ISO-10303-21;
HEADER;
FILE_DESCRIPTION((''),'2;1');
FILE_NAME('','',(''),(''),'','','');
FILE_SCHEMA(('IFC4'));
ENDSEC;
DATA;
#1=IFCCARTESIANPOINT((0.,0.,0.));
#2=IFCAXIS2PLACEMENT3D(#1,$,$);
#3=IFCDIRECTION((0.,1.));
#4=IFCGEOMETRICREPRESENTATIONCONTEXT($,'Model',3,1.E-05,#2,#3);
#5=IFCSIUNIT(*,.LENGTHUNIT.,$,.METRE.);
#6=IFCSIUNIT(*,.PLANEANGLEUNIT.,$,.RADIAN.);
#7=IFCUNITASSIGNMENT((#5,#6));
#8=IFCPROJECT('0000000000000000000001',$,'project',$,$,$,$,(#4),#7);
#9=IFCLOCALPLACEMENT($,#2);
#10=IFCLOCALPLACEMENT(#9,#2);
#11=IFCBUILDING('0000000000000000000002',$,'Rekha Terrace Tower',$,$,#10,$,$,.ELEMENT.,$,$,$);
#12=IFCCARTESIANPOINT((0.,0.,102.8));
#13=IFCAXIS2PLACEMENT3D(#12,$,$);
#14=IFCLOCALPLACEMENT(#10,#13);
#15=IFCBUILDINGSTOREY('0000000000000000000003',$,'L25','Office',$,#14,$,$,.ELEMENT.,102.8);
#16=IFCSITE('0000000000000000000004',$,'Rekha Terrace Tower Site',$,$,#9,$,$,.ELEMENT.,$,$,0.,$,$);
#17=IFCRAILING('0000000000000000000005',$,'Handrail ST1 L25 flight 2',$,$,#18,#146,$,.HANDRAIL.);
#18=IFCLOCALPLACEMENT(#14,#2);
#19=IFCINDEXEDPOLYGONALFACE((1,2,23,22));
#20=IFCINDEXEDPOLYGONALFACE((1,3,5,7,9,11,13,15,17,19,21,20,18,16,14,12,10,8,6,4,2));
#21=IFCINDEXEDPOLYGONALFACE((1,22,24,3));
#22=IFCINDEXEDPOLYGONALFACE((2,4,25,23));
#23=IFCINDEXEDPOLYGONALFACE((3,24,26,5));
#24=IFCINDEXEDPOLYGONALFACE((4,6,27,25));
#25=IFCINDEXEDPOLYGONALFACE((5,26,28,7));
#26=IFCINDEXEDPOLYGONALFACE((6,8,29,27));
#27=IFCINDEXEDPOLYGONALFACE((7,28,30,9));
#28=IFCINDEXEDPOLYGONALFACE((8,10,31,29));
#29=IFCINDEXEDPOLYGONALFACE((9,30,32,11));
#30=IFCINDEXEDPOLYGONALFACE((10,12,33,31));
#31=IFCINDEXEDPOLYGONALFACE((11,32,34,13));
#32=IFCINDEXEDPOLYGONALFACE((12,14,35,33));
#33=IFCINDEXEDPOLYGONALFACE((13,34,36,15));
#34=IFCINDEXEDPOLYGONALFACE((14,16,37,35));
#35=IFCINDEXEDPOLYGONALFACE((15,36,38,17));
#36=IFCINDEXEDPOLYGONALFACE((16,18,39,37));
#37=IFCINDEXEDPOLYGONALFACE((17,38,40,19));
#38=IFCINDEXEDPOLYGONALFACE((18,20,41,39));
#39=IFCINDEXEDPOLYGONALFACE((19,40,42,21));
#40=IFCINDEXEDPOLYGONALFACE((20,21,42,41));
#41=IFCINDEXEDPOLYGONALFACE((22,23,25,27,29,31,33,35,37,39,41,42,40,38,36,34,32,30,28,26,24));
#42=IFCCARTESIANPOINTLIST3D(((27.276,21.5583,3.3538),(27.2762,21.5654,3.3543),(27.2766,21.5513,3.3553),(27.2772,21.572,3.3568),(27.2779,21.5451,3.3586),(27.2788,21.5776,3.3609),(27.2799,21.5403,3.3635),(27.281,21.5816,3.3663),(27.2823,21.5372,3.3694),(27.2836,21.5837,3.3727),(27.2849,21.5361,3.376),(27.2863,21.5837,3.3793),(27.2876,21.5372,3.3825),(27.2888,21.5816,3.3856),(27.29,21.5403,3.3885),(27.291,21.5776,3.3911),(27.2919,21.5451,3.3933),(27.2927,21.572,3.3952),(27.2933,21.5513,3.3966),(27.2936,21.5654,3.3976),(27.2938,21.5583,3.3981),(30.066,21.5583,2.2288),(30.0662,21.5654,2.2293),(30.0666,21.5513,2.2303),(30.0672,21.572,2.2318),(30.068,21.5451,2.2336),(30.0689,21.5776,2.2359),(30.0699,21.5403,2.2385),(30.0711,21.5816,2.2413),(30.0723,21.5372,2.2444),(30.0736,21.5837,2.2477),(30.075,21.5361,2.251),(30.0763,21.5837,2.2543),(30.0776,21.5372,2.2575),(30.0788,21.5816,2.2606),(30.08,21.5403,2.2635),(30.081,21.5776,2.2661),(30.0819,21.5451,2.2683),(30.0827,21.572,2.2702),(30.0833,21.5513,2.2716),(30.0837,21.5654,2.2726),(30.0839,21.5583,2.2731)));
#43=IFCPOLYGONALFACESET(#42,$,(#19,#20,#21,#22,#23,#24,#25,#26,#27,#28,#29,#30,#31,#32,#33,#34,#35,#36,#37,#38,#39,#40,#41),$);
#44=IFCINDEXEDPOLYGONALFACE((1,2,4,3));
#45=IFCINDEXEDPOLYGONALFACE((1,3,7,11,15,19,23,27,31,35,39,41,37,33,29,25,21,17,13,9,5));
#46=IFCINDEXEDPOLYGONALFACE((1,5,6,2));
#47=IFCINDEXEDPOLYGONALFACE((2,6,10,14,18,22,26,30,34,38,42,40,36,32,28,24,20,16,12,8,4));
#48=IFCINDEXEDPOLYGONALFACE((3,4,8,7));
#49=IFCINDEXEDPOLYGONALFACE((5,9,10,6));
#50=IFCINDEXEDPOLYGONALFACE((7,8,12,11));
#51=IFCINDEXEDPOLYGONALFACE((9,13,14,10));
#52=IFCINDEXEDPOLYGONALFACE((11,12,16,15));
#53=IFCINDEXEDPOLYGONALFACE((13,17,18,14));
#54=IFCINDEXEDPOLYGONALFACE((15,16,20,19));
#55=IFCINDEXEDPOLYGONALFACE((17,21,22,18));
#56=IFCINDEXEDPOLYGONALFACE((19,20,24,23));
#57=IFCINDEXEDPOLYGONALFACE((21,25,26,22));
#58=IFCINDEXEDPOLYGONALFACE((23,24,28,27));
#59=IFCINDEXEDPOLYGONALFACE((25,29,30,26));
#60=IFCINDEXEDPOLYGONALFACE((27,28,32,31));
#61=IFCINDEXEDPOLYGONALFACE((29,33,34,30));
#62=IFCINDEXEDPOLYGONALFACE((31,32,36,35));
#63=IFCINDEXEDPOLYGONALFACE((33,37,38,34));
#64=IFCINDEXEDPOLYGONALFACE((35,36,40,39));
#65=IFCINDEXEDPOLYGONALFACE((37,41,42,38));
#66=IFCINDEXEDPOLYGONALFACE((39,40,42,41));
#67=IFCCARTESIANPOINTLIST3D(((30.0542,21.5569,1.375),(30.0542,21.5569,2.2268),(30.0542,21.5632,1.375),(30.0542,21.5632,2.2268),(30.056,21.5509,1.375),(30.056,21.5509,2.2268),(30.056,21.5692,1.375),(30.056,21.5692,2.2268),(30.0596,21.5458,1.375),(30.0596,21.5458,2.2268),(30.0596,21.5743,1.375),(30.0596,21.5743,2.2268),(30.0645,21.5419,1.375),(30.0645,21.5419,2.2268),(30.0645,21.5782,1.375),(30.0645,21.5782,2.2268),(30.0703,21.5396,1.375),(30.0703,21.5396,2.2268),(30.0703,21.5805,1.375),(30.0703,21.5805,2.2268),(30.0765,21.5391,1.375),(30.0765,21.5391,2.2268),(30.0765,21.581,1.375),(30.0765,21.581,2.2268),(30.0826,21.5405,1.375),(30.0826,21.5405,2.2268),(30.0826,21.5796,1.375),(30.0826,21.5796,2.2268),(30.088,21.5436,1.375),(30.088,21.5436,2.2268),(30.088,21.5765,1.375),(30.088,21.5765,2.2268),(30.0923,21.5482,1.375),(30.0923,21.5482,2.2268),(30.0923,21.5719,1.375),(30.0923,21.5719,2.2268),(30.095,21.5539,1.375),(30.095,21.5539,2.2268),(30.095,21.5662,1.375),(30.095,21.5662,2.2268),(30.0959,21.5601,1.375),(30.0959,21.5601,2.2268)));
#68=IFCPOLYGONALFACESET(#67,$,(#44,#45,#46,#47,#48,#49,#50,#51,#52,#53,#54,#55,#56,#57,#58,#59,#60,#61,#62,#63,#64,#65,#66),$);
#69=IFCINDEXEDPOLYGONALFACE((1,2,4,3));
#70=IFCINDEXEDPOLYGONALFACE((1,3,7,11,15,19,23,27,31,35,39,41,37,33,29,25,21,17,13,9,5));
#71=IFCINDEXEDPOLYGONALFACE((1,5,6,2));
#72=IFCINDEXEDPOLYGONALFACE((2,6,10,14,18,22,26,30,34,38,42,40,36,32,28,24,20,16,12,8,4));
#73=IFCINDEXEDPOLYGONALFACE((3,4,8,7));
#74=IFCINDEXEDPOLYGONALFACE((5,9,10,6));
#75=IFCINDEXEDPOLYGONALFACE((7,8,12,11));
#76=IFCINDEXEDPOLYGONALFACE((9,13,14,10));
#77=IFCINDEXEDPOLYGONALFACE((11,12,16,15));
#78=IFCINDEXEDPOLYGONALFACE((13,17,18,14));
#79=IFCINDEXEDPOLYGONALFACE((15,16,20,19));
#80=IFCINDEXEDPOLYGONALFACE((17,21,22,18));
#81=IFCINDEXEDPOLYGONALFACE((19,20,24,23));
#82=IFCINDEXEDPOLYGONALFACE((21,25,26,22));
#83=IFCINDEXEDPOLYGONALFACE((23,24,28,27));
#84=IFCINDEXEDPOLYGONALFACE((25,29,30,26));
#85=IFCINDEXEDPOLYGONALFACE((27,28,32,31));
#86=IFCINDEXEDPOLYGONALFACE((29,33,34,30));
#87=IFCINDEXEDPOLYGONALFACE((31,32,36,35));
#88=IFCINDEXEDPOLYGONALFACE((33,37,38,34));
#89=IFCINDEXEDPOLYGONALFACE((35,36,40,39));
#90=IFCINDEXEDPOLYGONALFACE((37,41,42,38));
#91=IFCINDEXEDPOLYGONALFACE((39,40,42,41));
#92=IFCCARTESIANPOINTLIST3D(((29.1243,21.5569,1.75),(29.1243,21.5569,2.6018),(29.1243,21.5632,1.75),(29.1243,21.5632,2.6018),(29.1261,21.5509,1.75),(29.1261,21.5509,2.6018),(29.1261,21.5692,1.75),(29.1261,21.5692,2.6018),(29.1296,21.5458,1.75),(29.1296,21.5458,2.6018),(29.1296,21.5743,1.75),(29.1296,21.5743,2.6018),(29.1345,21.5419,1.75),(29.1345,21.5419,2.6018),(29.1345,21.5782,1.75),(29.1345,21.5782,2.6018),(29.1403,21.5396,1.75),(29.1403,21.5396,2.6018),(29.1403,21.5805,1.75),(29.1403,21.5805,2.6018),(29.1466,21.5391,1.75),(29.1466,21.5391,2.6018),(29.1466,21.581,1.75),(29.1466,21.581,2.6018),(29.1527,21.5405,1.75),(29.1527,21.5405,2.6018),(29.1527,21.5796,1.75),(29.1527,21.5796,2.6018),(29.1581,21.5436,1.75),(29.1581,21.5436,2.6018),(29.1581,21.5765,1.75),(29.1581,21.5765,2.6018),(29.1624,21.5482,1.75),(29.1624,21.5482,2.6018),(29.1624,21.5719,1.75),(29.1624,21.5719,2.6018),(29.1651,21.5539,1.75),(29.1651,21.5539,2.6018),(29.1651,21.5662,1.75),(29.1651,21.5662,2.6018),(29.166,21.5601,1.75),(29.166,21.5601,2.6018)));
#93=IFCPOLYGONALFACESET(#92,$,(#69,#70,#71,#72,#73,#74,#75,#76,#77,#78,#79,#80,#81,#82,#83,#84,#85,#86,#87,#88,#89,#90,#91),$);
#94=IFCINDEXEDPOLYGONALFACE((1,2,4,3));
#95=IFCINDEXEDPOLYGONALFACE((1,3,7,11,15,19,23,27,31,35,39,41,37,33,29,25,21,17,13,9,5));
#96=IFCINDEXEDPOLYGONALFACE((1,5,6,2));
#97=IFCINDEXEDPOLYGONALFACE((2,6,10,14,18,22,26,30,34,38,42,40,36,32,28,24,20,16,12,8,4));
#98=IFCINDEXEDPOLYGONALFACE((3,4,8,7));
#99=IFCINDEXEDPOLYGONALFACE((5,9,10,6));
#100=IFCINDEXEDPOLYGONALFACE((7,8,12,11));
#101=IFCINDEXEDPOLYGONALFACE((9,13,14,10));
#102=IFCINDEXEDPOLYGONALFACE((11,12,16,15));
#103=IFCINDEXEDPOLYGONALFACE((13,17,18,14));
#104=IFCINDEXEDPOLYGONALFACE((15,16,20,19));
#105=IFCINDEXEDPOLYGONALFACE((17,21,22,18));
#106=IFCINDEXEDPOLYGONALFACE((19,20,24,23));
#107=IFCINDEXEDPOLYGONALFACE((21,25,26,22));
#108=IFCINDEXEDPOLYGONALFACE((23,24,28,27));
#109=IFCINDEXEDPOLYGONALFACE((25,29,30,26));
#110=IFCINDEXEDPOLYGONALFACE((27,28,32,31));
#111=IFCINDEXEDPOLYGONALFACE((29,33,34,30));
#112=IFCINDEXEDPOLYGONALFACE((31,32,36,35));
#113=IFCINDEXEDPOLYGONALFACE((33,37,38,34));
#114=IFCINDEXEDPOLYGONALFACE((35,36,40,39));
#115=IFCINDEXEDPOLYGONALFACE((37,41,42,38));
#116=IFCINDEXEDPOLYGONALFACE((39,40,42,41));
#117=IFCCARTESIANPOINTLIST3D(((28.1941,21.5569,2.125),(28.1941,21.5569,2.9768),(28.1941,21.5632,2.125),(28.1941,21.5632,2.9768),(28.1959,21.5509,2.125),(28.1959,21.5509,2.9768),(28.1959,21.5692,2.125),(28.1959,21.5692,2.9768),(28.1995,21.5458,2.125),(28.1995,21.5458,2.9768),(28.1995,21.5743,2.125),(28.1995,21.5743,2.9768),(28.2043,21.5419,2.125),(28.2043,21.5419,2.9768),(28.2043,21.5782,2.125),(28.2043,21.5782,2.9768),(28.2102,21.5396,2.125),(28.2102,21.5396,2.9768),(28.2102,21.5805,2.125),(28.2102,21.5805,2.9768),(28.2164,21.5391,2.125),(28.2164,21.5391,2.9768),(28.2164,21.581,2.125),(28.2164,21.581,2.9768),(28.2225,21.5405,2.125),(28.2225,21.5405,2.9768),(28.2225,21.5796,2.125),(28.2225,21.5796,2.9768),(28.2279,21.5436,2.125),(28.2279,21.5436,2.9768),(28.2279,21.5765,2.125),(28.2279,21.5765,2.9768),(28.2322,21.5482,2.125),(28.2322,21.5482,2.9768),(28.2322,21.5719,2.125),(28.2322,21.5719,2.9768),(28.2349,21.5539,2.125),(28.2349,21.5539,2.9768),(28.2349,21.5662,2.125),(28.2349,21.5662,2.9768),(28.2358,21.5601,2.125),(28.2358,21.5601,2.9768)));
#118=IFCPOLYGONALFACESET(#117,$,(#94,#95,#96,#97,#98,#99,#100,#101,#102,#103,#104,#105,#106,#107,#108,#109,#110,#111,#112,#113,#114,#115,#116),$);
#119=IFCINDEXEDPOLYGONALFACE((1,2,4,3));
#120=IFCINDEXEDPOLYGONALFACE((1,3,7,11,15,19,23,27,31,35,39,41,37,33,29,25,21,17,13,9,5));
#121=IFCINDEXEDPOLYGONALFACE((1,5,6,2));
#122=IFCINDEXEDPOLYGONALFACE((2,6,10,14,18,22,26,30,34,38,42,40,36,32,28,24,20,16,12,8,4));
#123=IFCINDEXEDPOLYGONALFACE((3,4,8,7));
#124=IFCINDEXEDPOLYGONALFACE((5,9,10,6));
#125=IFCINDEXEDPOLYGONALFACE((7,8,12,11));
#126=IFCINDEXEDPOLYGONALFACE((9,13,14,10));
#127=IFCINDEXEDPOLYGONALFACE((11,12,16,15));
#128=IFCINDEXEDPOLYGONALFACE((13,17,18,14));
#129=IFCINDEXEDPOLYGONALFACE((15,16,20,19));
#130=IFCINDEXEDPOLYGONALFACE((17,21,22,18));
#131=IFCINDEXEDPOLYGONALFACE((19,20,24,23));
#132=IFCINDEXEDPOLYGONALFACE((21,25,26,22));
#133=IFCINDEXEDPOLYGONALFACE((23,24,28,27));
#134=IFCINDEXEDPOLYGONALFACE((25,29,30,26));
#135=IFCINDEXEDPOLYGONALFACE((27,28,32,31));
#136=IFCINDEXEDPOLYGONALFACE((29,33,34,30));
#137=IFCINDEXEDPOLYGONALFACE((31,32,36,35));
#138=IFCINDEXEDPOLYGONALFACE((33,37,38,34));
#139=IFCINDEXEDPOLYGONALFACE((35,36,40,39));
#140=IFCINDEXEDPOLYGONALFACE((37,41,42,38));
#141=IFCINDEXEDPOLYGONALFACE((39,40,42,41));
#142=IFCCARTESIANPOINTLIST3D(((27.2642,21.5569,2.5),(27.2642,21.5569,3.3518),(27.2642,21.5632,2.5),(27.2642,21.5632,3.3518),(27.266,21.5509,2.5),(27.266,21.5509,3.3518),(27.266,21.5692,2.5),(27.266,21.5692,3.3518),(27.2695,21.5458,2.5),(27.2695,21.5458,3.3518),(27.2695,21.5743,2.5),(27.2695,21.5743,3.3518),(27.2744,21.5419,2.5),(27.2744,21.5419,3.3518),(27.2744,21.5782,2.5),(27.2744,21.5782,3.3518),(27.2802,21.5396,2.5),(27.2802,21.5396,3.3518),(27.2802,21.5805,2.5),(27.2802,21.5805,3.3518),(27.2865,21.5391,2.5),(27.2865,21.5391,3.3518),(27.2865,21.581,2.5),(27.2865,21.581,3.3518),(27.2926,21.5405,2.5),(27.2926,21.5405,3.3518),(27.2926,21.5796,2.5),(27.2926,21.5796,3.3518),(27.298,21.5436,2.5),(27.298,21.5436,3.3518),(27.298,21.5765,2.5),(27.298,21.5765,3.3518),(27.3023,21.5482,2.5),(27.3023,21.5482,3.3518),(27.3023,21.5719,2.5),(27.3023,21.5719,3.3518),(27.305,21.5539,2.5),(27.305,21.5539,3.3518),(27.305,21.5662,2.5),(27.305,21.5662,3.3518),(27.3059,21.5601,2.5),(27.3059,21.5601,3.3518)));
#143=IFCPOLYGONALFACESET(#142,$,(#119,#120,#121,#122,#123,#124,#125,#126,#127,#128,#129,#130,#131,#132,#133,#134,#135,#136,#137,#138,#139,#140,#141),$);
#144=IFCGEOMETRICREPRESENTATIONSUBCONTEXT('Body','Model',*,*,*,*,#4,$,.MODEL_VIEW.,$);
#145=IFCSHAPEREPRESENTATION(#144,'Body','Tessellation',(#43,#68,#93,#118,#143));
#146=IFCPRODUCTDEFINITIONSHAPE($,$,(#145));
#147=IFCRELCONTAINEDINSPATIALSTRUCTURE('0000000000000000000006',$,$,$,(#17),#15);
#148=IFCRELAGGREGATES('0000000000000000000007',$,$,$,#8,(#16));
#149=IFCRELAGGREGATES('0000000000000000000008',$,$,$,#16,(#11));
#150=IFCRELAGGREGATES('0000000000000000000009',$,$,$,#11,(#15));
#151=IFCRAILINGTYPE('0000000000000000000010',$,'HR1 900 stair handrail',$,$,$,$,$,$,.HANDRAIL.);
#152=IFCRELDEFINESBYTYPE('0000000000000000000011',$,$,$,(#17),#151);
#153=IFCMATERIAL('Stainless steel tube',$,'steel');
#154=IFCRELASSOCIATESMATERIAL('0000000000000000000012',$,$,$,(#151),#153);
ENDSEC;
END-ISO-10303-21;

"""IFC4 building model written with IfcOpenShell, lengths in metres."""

from ifc_helpers import new_model, si_unit, direction, frame, origin, origin_2d, place, context, subcontext, project, spatial, circle, extrude, material, type_object, element, save


model = new_model("IFC4")

# Units and contexts
model_context = context("Model", 3, precision=1e-05, world=origin(), true_north=direction((0.0, 1.0)))
body_context = subcontext(model_context, "Body", "Model", "MODEL_VIEW")
ifc_project = project(units=[si_unit("LENGTHUNIT", "METRE"), si_unit("PLANEANGLEUNIT", "RADIAN")], contexts=[model_context])

# Site, building, storey
site_placement = place(None, origin())
site = spatial("IfcSite", under=ifc_project, at=site_placement, Name="Rekha Terrace Tower Site", CompositionType="ELEMENT", RefElevation=0.0)
building_placement = place(site_placement, origin())
building = spatial("IfcBuilding", under=site, at=building_placement, Name="Rekha Terrace Tower", CompositionType="ELEMENT")
storey_placement = place(building_placement, frame((0.0, 0.0, 102.8)))
storey = spatial("IfcBuildingStorey", under=building, at=storey_placement, Name="L25", Description="Office", CompositionType="ELEMENT", Elevation=102.8)

# Railing
ifc_material_1 = material(Name="Stainless steel tube", Category="steel")
railing_type = type_object("IfcRailingType", Name="HR1 900 stair handrail", PredefinedType="HANDRAIL", material=ifc_material_1)
railing_placement = place(storey_placement, frame((30.075, 21.5601, 1.375)))
element("IfcRailing", 1, at=railing_placement, inside=storey, type_object=railing_type, Name="Handrail ST1 L25 flight 2", PredefinedType="HANDRAIL", context=body_context, shape_type="SweptSolid", body=[
    extrude(circle(Radius=0.0239, at=origin_2d()), frame((0.0, 0.0, 0.876), z_axis=(-0.927443, 0.0, 0.373964), x_axis=(0.0, -1.0, 0.0)), (0.0, 0.0, 1.0), 3.0083),
    extrude(circle(Radius=0.021, at=origin_2d()), origin(), (0.0, 0.0, 1.0), 0.8518),
    extrude(circle(Radius=0.021, at=origin_2d()), frame((-0.9299, 0.0, 0.375)), (0.0, 0.0, 1.0), 0.8518),
    extrude(circle(Radius=0.021, at=origin_2d()), frame((-1.8601, 0.0, 0.75)), (0.0, 0.0, 1.0), 0.8518),
    extrude(circle(Radius=0.021, at=origin_2d()), frame((-2.79, 0.0, 1.125)), (0.0, 0.0, 1.0), 0.8518),
])

save(model, "model.ifc")
